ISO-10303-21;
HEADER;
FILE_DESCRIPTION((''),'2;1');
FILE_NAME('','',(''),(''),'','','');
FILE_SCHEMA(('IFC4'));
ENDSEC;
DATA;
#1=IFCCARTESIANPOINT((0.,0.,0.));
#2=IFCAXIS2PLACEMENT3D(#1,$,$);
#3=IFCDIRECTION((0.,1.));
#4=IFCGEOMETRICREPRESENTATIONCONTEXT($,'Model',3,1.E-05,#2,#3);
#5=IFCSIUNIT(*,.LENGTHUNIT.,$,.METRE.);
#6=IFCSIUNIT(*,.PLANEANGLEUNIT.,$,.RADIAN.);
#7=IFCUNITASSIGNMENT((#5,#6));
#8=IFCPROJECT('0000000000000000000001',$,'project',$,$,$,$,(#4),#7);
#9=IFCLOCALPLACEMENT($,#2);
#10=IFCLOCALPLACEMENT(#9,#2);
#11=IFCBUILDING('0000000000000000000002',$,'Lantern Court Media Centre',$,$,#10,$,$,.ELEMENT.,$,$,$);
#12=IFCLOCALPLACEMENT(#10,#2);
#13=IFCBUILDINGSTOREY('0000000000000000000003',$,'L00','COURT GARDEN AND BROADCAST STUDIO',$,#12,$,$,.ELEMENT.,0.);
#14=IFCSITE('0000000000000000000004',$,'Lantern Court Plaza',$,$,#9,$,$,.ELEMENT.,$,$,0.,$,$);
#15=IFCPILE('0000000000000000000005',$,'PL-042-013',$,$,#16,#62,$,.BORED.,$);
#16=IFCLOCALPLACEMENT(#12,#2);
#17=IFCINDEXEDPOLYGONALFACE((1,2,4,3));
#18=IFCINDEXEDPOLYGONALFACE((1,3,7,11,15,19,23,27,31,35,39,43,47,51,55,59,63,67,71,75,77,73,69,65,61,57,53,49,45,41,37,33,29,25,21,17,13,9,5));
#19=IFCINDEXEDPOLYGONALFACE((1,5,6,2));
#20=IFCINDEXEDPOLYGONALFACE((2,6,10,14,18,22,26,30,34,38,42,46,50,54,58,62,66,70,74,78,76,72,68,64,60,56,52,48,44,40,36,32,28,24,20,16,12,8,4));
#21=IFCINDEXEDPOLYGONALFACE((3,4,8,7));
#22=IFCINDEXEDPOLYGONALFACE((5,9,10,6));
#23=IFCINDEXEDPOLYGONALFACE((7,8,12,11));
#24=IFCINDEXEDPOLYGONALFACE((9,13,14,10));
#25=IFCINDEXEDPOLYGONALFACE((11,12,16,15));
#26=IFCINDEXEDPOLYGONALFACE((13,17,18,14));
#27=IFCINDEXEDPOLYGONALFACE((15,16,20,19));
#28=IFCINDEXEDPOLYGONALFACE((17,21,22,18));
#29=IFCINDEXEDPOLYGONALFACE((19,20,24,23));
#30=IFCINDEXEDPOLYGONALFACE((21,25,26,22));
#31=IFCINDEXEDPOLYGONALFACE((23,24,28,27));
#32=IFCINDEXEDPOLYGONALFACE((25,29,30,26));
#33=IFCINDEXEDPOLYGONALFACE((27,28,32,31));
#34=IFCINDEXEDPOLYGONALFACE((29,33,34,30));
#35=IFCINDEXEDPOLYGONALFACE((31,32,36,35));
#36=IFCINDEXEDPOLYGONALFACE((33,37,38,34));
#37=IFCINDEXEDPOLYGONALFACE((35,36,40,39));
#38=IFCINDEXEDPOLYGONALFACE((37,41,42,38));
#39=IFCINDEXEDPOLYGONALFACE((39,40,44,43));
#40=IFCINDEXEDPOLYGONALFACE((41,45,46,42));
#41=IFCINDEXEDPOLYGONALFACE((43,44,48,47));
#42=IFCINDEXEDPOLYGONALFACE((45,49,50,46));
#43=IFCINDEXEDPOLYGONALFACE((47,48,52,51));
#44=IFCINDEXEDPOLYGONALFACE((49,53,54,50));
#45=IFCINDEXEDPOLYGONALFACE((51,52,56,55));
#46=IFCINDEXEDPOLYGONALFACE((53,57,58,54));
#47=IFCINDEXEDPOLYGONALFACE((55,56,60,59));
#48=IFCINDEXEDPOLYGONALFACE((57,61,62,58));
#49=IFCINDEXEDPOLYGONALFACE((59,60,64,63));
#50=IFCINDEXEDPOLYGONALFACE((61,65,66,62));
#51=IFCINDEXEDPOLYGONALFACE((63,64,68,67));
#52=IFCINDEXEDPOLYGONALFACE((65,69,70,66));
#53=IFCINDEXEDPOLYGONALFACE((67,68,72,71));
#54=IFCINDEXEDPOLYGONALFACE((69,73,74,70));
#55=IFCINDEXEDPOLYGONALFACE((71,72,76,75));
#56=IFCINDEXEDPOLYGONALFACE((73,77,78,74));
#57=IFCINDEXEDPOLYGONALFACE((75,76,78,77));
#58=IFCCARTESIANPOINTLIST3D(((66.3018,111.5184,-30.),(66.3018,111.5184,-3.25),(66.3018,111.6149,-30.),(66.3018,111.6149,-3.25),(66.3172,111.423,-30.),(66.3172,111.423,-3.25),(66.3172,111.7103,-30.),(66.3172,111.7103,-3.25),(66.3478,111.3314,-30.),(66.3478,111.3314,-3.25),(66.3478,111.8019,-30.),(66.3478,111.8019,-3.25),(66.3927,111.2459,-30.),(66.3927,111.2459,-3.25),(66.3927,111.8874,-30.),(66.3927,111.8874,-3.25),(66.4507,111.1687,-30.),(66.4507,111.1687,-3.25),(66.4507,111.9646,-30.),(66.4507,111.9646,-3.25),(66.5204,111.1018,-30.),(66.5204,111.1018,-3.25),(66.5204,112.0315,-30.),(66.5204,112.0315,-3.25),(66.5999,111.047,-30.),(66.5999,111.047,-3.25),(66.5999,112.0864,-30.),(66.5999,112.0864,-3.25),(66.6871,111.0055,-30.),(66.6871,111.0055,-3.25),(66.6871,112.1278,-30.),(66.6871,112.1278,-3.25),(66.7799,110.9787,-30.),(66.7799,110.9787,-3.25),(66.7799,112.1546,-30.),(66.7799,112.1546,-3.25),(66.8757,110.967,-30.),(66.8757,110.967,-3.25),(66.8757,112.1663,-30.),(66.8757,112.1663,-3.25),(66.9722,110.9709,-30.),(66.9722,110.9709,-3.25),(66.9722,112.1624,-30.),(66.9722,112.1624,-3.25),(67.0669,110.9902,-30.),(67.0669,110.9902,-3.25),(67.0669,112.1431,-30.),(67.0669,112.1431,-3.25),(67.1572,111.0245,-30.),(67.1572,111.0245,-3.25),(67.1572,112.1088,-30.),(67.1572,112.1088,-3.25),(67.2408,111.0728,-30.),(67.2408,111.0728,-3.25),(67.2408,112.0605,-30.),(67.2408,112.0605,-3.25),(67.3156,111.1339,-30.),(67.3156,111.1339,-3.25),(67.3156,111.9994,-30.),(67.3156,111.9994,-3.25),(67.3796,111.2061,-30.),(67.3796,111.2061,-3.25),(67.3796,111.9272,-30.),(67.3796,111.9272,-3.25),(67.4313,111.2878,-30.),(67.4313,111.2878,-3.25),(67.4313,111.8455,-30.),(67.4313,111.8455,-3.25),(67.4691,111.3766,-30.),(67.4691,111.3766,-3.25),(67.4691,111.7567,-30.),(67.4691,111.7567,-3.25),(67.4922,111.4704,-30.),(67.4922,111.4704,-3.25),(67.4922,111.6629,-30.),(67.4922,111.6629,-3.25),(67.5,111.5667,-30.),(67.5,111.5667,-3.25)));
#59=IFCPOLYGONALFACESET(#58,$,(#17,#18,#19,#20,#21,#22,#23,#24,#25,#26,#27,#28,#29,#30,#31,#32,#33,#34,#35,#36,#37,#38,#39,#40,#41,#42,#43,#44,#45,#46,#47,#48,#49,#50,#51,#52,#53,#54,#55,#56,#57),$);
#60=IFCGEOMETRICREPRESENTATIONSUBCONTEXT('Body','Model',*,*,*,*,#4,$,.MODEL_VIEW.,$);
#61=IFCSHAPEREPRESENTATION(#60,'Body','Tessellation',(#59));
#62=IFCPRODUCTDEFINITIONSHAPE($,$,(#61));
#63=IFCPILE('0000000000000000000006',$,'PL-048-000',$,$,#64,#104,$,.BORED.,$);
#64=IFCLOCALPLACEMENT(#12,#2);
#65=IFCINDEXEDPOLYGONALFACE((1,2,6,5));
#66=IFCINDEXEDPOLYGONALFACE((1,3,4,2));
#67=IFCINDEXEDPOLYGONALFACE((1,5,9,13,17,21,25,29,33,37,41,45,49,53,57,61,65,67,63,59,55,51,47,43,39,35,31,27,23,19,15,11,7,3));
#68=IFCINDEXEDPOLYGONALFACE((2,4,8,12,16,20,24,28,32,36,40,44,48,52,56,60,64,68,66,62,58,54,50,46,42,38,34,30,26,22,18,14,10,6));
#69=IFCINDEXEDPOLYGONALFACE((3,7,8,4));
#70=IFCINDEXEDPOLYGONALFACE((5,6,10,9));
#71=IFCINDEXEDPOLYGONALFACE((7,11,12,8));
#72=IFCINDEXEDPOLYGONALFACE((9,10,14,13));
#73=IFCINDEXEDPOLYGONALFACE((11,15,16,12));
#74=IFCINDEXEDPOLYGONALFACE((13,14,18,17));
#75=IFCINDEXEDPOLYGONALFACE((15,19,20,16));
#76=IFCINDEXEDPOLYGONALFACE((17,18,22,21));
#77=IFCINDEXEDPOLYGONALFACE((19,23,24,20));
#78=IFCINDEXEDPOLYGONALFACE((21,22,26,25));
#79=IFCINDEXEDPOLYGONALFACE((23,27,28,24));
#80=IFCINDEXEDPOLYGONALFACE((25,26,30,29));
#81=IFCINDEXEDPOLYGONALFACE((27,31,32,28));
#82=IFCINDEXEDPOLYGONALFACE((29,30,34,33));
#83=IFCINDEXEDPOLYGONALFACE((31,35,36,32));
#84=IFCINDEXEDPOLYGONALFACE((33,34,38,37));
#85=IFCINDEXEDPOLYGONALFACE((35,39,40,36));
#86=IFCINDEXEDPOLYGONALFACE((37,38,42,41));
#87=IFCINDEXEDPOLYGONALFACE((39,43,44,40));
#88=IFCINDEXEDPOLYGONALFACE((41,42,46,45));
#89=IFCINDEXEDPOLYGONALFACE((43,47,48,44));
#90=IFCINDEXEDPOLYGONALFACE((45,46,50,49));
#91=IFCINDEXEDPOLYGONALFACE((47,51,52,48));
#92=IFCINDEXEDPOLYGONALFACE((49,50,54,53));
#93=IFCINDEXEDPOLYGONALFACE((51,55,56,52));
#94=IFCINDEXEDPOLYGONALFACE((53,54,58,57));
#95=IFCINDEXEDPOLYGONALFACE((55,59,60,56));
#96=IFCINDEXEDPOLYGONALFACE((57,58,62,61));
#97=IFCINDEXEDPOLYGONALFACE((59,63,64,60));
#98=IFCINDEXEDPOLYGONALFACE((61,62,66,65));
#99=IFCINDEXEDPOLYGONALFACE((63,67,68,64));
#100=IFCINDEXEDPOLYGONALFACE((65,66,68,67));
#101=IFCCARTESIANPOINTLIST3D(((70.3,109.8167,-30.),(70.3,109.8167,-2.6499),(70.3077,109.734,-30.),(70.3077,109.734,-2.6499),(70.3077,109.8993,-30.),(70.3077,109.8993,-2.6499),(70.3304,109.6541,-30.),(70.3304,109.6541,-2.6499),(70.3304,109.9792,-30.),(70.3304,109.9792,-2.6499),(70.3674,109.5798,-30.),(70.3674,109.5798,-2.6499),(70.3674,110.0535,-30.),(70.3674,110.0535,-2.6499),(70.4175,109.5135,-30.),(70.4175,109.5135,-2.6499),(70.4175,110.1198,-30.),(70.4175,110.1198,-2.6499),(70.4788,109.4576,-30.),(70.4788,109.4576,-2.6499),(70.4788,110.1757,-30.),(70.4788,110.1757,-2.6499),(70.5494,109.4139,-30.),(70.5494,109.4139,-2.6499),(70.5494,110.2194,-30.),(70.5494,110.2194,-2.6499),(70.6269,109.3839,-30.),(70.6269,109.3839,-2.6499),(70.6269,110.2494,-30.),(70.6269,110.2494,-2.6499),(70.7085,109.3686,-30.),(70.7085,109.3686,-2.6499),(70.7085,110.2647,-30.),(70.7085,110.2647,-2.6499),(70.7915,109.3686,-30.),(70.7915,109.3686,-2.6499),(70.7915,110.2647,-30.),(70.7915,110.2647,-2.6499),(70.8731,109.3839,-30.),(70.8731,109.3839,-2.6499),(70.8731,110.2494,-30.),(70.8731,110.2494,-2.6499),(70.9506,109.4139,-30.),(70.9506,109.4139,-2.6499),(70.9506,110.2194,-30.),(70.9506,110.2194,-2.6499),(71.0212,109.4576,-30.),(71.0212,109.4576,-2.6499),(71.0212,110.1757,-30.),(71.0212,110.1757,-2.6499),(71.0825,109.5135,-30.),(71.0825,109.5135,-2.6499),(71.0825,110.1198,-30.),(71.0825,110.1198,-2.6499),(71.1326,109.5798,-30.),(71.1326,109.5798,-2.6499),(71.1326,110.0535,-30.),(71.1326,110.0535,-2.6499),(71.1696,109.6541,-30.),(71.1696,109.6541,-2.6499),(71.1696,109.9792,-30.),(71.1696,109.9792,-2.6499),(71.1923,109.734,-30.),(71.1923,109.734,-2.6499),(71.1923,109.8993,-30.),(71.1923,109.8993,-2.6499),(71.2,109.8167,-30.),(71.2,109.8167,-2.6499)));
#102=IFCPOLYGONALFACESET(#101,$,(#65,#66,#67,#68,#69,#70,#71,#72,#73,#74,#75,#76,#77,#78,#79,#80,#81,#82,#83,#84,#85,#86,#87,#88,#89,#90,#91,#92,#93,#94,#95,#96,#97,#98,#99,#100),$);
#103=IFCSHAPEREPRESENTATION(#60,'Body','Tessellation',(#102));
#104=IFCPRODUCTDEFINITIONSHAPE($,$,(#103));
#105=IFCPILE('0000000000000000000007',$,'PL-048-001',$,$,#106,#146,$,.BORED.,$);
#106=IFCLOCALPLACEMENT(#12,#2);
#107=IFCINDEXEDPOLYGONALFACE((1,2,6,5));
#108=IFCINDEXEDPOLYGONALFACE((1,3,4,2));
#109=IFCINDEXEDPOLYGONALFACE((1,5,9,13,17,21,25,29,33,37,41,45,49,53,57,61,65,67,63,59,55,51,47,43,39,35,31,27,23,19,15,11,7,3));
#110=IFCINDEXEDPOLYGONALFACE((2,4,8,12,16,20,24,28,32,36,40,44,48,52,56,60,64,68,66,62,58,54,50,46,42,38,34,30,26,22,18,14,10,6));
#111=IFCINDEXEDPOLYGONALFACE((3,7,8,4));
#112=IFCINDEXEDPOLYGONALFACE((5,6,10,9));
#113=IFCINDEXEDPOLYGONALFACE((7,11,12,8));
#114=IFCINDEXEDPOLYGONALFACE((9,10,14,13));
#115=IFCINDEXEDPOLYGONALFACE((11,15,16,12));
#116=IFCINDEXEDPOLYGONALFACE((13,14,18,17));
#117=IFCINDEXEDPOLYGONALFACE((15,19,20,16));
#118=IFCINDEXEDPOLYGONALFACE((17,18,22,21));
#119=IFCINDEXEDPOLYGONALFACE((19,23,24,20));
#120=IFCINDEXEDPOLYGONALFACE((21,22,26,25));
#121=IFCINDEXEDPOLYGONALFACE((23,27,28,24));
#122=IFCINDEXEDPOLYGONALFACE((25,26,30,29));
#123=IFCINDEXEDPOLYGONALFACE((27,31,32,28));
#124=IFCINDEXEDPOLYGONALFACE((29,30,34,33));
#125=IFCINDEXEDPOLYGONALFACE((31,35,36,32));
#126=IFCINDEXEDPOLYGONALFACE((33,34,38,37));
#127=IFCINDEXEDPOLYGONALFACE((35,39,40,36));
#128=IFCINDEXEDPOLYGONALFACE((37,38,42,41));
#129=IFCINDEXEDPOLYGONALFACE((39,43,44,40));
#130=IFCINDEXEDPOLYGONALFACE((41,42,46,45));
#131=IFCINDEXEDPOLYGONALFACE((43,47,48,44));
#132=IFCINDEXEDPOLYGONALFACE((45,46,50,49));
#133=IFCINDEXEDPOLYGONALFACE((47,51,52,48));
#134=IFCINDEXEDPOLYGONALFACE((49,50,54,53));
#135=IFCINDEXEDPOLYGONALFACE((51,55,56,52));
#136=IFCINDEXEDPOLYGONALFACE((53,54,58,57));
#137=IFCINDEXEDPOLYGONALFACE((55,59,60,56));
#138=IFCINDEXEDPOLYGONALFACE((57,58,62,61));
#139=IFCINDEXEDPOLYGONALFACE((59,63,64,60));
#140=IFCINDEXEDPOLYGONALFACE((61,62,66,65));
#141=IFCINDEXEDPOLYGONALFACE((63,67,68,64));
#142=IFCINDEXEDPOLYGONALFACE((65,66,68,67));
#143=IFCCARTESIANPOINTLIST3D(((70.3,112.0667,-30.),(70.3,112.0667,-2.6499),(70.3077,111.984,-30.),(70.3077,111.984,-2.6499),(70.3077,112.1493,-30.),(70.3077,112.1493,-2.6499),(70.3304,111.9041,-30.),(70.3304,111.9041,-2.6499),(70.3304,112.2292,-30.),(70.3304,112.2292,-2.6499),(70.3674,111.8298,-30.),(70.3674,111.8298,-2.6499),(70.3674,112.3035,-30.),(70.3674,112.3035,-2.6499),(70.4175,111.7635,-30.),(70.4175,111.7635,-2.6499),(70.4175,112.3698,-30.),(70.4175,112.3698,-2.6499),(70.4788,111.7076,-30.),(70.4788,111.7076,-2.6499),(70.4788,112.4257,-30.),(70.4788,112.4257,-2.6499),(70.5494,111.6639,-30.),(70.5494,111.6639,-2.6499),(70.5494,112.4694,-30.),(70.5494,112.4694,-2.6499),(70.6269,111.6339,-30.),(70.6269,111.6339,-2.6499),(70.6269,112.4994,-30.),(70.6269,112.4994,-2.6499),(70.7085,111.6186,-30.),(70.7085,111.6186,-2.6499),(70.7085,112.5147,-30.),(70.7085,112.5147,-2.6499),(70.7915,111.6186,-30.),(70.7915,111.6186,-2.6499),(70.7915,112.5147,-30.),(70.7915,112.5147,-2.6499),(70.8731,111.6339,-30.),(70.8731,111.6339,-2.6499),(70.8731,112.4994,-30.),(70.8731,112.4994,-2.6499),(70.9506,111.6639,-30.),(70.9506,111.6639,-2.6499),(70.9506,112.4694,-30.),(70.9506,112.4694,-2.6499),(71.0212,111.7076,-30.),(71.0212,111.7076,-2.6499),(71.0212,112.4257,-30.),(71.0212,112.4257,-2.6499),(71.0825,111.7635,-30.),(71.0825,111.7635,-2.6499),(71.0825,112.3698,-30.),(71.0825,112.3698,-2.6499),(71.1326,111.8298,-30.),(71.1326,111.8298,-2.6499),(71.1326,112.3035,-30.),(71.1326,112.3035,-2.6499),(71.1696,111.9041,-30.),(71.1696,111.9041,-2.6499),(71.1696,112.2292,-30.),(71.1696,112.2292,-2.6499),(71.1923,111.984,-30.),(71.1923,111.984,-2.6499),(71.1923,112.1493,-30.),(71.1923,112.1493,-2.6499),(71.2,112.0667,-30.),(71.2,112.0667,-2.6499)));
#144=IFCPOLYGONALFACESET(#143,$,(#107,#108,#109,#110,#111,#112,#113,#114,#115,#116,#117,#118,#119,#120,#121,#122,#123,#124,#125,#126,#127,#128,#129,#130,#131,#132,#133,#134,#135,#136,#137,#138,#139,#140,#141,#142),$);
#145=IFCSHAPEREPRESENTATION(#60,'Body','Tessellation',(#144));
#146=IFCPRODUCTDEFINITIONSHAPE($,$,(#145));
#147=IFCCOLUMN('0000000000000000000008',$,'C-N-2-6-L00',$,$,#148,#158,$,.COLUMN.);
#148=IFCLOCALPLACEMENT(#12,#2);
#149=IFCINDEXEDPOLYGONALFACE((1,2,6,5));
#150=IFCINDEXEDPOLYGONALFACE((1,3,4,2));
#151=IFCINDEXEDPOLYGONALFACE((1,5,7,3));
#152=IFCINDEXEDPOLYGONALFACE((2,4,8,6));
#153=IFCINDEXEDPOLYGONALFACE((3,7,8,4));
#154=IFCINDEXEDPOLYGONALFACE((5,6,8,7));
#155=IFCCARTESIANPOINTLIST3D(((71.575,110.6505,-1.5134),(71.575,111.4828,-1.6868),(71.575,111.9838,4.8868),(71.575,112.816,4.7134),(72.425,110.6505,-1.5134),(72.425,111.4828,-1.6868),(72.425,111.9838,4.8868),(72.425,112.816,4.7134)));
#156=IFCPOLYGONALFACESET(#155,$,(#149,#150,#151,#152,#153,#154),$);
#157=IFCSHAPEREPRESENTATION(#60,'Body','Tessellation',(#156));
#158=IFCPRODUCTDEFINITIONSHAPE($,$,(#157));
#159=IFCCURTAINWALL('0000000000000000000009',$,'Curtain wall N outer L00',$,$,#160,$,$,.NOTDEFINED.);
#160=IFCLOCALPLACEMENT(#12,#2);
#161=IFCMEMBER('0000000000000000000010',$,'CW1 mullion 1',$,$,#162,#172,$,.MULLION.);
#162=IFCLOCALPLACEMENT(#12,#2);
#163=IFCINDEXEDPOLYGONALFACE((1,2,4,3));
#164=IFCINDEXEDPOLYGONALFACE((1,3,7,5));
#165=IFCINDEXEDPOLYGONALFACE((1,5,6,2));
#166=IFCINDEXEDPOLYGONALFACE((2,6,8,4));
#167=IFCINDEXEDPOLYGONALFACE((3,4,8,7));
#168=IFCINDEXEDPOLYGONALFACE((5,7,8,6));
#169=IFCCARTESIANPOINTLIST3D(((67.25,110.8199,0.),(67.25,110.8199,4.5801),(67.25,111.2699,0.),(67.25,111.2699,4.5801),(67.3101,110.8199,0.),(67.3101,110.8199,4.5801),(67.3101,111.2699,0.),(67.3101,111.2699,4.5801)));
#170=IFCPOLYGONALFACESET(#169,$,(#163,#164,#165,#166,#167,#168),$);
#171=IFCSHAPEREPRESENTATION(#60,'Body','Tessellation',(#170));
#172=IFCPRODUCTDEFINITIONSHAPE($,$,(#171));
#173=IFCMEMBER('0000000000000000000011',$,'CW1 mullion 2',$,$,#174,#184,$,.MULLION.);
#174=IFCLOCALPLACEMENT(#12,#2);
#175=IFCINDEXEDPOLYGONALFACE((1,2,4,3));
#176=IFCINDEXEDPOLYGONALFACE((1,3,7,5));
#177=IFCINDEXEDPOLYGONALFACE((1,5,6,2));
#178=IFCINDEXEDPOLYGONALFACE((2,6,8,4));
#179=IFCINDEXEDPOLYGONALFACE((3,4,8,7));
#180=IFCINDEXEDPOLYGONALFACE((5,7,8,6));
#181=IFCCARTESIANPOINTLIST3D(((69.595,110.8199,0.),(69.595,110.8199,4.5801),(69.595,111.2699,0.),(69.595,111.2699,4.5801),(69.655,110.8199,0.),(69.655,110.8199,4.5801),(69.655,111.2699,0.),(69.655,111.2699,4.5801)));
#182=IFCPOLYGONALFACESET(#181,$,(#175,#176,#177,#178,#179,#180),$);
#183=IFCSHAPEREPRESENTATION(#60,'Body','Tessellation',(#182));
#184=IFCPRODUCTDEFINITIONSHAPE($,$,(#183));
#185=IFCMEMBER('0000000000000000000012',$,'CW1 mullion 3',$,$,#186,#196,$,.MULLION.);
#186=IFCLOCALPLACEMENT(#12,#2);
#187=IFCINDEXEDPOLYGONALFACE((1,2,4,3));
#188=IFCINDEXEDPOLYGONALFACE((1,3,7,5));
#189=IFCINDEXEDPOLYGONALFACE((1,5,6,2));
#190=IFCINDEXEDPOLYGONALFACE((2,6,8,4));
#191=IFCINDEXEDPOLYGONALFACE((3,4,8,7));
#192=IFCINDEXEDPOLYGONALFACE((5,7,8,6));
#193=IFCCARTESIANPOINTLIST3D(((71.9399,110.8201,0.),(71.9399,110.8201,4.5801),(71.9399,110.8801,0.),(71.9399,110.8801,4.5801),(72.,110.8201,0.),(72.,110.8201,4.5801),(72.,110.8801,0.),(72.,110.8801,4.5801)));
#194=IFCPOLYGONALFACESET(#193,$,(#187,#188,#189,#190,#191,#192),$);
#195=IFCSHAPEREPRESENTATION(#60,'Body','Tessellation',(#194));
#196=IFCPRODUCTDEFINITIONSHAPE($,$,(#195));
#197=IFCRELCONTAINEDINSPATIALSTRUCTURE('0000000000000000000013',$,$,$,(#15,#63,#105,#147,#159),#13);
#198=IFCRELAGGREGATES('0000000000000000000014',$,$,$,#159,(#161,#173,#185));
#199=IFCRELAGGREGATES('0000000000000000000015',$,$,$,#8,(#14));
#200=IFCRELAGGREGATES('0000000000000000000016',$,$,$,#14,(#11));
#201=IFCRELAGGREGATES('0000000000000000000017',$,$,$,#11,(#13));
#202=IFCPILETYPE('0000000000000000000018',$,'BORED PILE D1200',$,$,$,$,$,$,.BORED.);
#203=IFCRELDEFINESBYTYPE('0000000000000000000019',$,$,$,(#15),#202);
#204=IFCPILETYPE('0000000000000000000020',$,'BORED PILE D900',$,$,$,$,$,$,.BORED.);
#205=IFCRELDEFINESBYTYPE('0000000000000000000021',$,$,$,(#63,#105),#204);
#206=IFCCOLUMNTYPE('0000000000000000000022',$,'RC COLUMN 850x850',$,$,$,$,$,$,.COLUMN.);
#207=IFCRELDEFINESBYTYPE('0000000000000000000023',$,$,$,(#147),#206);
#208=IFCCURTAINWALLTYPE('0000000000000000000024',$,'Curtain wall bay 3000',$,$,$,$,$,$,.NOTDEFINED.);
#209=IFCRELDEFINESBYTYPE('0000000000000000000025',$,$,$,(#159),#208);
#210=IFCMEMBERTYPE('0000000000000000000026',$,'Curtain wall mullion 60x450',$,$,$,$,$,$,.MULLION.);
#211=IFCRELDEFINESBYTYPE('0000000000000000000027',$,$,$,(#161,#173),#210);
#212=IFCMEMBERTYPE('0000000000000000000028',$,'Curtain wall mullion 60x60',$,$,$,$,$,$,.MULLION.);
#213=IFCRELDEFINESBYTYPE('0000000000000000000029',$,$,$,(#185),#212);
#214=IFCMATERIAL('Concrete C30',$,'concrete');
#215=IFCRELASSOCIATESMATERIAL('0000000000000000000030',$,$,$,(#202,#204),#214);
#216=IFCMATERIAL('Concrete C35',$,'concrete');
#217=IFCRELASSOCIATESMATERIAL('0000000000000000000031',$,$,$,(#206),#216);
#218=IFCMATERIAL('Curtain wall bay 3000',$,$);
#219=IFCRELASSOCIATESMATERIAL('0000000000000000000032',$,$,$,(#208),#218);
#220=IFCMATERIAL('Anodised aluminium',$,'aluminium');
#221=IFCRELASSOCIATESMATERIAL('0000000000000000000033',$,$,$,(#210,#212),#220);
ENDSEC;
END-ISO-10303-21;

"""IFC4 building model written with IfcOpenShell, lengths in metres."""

from ifc_helpers import new_model, si_unit, direction, frame, origin, origin_2d, place, context, subcontext, project, spatial, rectangle, circle, extrude, material, material_profile, profile_set, type_object, element, aggregate, save


model = new_model("IFC4")

# Units and contexts
model_context = context("Model", 3, precision=1e-05, world=origin(), true_north=direction((0.0, 1.0)))
body_context = subcontext(model_context, "Body", "Model", "MODEL_VIEW")
ifc_project = project(units=[si_unit("LENGTHUNIT", "METRE"), si_unit("PLANEANGLEUNIT", "RADIAN")], contexts=[model_context])

# Site, building, storey
site_placement = place(None, origin())
site = spatial("IfcSite", under=ifc_project, at=site_placement, Name="Lantern Court Plaza", CompositionType="ELEMENT", RefElevation=0.0)
building_placement = place(site_placement, origin())
building = spatial("IfcBuilding", under=site, at=building_placement, Name="Lantern Court Media Centre", CompositionType="ELEMENT")
storey_placement = place(building_placement, origin())
storey = spatial("IfcBuildingStorey", under=building, at=storey_placement, Name="L00", Description="COURT GARDEN AND BROADCAST STUDIO", CompositionType="ELEMENT", Elevation=0.0)

# Piles
ifc_material_1 = material(Name="Concrete C30", Category="concrete")
ifc_material_profile_1 = material_profile(ifc_material_1, circle(Radius=0.6001, at=origin_2d()), Name="D1200")
ifc_profile_set_1 = profile_set([ifc_material_profile_1], Name="Concrete C30")
pile_type_1 = type_object("IfcPileType", Name="BORED PILE D1200", PredefinedType="BORED", material=ifc_profile_set_1)
pile_placement = place(storey_placement, frame((66.8999, 111.5667, -3.25), z_axis=(0.0, 0.0, -1.0), x_axis=(1.0, 0.0, 0.0)))
element("IfcPile", 1, at=pile_placement, inside=storey, type_object=pile_type_1, Name="PL-042-013", PredefinedType="BORED", context=body_context, shape_type="SweptSolid", body=[
    extrude(circle(Radius=0.6001, at=origin_2d()), origin(), (0.0, 0.0, 1.0), 26.75),
])
ifc_material_profile_2 = material_profile(ifc_material_1, circle(Radius=0.45, at=origin_2d()), Name="D900")
ifc_profile_set_2 = profile_set([ifc_material_profile_2], Name="Concrete C30")
pile_type_2 = type_object("IfcPileType", Name="BORED PILE D900", PredefinedType="BORED", material=ifc_profile_set_2)
for number, where, z_axis, x_axis, name in (
    (2, (70.75, 109.8167, -2.6499), (0.0, 0.0, -1.0), (1.0, 0.0, 0.0), "PL-048-000"),
    (3, (70.75, 112.0667, -2.6499), (0.0, 0.0, -1.0), (1.0, 0.0, 0.0), "PL-048-001"),
):
    element("IfcPile", number, at=place(storey_placement, frame(where, z_axis=z_axis, x_axis=x_axis)), inside=storey, type_object=pile_type_2, Name=name, PredefinedType="BORED", context=body_context, shape_type="SweptSolid", body=[
        extrude(circle(Radius=0.45, at=origin_2d()), origin(), (0.0, 0.0, 1.0), 27.3501),
    ])

# Column
ifc_material_2 = material(Name="Concrete C35", Category="concrete")
ifc_material_profile_3 = material_profile(ifc_material_2, rectangle(XDim=0.8501, YDim=0.8501, at=origin_2d()), Name="RC 850x850")
ifc_profile_set_3 = profile_set([ifc_material_profile_3], Name="Concrete C35")
column_type = type_object("IfcColumnType", Name="RC COLUMN 850x850", PredefinedType="COLUMN", material=ifc_profile_set_3)
column_placement = place(storey_placement, frame((72.0, 111.0667, -1.6001), z_axis=(0.0, 0.203938, 0.978984), x_axis=(-1.0, 0.0, 0.0)))
element("IfcColumn", 4, at=column_placement, inside=storey, type_object=column_type, Name="C-N-2-6-L00", PredefinedType="COLUMN", context=body_context, shape_type="SweptSolid", body=[
    extrude(rectangle(XDim=0.8501, YDim=0.8501, at=origin_2d()), origin(), (0.0, 0.0, 1.0), 6.5376),
])

# Curtain wall, members
ifc_material_3 = material(Name="Curtain wall bay 3000")
curtain_wall_type = type_object("IfcCurtainWallType", Name="Curtain wall bay 3000", PredefinedType="NOTDEFINED", material=ifc_material_3)
curtain_wall_1_placement = place(storey_placement, origin())
curtain_wall_1 = element("IfcCurtainWall", 5, at=curtain_wall_1_placement, inside=storey, type_object=curtain_wall_type, Name="Curtain wall N outer L00", PredefinedType="NOTDEFINED")
ifc_material_4 = material(Name="Anodised aluminium", Category="aluminium")
ifc_material_profile_4 = material_profile(ifc_material_4, rectangle(XDim=0.45, YDim=0.0601, at=origin_2d()), Name="AL 60x450")
ifc_profile_set_4 = profile_set([ifc_material_profile_4], Name="Anodised aluminium")
member_type_1 = type_object("IfcMemberType", Name="Curtain wall mullion 60x450", PredefinedType="MULLION", material=ifc_profile_set_4)
member_1_placement = place(storey_placement, frame((67.28, 111.0449, 0.0), z_axis=(0.0, 0.0, 1.0), x_axis=(0.0, 1.0, 0.0)))
member_1 = element("IfcMember", 6, at=member_1_placement, type_object=member_type_1, Name="CW1 mullion 1", PredefinedType="MULLION", context=body_context, shape_type="SweptSolid", body=[
    extrude(rectangle(XDim=0.45, YDim=0.0601, at=origin_2d()), origin(), (0.0, 0.0, 1.0), 4.5801),
])
member_2_placement = place(storey_placement, frame((69.625, 111.0449, 0.0), z_axis=(0.0, 0.0, 1.0), x_axis=(0.0, 1.0, 0.0)))
member_2 = element("IfcMember", 7, at=member_2_placement, type_object=member_type_1, Name="CW1 mullion 2", PredefinedType="MULLION", context=body_context, shape_type="SweptSolid", body=[
    extrude(rectangle(XDim=0.45, YDim=0.0601, at=origin_2d()), origin(), (0.0, 0.0, 1.0), 4.5801),
])
ifc_material_profile_5 = material_profile(ifc_material_4, rectangle(XDim=0.0601, YDim=0.0601, at=origin_2d()), Name="AL 60x60")
ifc_profile_set_5 = profile_set([ifc_material_profile_5], Name="Anodised aluminium")
member_type_2 = type_object("IfcMemberType", Name="Curtain wall mullion 60x60", PredefinedType="MULLION", material=ifc_profile_set_5)
member_3_placement = place(storey_placement, frame((71.97, 110.8501, 0.0), z_axis=(0.0, 0.0, 1.0), x_axis=(0.0, 1.0, 0.0)))
member_3 = element("IfcMember", 8, at=member_3_placement, type_object=member_type_2, Name="CW1 mullion 3", PredefinedType="MULLION", context=body_context, shape_type="SweptSolid", body=[
    extrude(rectangle(XDim=0.0601, YDim=0.0601, at=origin_2d()), origin(), (0.0, 0.0, 1.0), 4.5801),
])

aggregate(curtain_wall_1, [member_1, member_2, member_3])

save(model, "model.ifc")
